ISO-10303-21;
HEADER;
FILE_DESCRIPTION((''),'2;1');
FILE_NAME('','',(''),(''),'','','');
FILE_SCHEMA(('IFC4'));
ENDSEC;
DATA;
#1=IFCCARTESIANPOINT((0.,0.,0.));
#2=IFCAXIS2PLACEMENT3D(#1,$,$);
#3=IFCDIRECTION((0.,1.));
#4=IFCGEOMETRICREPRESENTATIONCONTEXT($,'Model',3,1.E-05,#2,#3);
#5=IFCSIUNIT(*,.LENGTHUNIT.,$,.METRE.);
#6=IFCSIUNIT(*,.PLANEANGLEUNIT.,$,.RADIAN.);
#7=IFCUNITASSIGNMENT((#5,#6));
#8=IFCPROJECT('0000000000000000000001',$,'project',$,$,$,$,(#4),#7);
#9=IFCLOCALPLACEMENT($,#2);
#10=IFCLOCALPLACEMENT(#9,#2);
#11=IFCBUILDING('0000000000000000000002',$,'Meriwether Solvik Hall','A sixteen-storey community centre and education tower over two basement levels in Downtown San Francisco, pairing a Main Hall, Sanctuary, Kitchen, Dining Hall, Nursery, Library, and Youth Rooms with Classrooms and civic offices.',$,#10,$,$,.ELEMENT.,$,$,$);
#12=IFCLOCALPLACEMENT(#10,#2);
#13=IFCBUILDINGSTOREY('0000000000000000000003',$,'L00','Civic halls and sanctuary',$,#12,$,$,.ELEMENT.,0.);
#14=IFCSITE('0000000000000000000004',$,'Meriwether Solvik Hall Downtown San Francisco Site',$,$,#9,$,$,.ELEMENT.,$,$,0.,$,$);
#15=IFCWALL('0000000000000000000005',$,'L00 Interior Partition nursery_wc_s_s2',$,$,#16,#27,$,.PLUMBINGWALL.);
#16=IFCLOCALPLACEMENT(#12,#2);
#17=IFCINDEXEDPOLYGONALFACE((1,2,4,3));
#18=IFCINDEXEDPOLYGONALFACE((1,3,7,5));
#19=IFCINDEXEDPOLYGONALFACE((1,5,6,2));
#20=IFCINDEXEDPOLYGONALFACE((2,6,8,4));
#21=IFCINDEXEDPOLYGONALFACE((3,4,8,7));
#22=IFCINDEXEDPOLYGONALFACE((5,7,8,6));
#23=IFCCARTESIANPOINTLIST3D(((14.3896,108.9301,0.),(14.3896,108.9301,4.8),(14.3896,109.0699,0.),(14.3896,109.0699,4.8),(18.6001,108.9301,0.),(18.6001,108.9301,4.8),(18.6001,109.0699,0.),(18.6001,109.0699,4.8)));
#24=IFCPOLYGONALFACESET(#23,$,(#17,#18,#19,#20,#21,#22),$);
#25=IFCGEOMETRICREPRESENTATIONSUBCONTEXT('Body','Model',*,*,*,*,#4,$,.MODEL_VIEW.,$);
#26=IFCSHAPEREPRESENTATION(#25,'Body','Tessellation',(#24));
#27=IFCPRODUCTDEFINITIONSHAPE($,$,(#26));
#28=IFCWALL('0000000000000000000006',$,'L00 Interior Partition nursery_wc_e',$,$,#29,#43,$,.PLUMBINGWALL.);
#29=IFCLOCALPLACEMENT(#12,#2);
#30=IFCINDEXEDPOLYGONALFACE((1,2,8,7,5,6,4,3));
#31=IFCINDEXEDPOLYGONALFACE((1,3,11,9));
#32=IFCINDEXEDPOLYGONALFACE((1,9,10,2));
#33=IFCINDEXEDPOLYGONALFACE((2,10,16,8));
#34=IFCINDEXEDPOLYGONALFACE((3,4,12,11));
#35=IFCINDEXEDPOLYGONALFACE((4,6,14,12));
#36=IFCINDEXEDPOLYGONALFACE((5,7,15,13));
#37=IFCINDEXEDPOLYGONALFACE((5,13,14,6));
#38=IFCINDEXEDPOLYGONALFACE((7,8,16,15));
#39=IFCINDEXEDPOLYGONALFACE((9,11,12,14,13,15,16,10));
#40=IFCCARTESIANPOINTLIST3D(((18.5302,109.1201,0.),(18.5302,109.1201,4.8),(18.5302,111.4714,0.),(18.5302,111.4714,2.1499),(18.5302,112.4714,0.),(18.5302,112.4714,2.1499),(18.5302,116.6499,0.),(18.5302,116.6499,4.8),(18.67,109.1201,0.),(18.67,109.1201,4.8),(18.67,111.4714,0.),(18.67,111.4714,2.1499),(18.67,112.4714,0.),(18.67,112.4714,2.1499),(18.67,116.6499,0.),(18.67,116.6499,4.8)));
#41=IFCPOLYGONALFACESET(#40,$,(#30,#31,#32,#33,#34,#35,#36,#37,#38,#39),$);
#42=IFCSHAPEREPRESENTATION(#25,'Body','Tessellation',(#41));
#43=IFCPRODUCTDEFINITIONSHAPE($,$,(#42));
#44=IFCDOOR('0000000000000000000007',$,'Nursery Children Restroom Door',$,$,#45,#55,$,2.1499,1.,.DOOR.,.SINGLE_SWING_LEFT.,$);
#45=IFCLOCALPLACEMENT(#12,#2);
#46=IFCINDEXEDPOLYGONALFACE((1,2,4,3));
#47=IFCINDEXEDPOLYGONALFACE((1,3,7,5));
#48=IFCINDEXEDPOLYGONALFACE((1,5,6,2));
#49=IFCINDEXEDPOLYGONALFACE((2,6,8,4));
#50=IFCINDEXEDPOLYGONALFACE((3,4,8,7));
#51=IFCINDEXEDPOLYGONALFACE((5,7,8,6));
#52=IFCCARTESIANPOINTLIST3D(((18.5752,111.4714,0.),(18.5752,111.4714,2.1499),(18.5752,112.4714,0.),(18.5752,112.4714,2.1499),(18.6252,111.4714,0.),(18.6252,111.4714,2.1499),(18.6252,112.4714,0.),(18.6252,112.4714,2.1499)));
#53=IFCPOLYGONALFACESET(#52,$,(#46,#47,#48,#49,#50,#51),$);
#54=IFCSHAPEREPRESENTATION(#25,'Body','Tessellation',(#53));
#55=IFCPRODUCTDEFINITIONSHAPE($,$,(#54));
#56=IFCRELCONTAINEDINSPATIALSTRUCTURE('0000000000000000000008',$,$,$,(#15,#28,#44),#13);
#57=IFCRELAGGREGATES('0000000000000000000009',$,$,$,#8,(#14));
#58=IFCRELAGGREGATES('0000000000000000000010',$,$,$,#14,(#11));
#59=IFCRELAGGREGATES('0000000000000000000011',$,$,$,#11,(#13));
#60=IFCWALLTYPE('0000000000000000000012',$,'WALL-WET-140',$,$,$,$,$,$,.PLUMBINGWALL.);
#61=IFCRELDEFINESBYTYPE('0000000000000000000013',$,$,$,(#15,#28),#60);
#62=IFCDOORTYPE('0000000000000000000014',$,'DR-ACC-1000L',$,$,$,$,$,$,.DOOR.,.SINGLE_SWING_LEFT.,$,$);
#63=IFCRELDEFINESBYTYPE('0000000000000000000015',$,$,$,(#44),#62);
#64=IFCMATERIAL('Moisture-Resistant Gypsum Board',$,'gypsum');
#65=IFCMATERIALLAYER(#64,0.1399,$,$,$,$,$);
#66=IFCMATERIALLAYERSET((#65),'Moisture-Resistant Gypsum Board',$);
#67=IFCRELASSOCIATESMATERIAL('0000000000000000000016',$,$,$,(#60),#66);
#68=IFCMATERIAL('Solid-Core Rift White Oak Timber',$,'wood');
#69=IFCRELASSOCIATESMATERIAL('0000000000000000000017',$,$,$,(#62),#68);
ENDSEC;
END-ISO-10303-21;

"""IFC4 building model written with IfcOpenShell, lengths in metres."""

from ifc_helpers import new_model, si_unit, direction, frame, frame_2d, origin, place, context, subcontext, project, spatial, rectangle, extrude, material, layer, layer_set, type_object, element, fill, save


model = new_model("IFC4")

# Units and contexts
model_context = context("Model", 3, precision=1e-05, world=origin(), true_north=direction((0.0, 1.0)))
body_context = subcontext(model_context, "Body", "Model", "MODEL_VIEW")
ifc_project = project(units=[si_unit("LENGTHUNIT", "METRE"), si_unit("PLANEANGLEUNIT", "RADIAN")], contexts=[model_context])

# Site, building, storey
site_placement = place(None, origin())
site = spatial("IfcSite", under=ifc_project, at=site_placement, Name="Meriwether Solvik Hall Downtown San Francisco Site", CompositionType="ELEMENT", RefElevation=0.0)
building_placement = place(site_placement, origin())
building = spatial("IfcBuilding", under=site, at=building_placement, Name="Meriwether Solvik Hall", Description="A sixteen-storey community centre and education tower over two basement levels in Downtown San Francisco, pairing a Main Hall, Sanctuary, Kitchen, Dining Hall, Nursery, Library, and Youth Rooms with Classrooms and civic offices.", CompositionType="ELEMENT")
storey_placement = place(building_placement, origin())
storey = spatial("IfcBuildingStorey", under=building, at=storey_placement, Name="L00", Description="Civic halls and sanctuary", CompositionType="ELEMENT", Elevation=0.0)

# Wall
ifc_material_1 = material(Name="Moisture-Resistant Gypsum Board", Category="gypsum")
ifc_layer_1 = layer(ifc_material_1, 0.1399)
ifc_layer_set_1 = layer_set([ifc_layer_1], Name="Moisture-Resistant Gypsum Board")
wall_type_1 = type_object("IfcWallType", Name="WALL-WET-140", PredefinedType="PLUMBINGWALL", material=ifc_layer_set_1)
wall_1_placement = place(storey_placement, frame((14.3896, 109.0, 0.0), z_axis=(0.0, 0.0, 1.0), x_axis=(1.0, 0.0, 0.0)))
element("IfcWall", 1, at=wall_1_placement, inside=storey, type_object=wall_type_1, Name="L00 Interior Partition nursery_wc_s_s2", PredefinedType="PLUMBINGWALL", context=body_context, shape_type="SweptSolid", body=[
    extrude(rectangle(XDim=4.2104, YDim=0.1399, at=frame_2d((2.1052, 0.0))), origin(), (0.0, 0.0, 1.0), 4.8),
])

# Wall, opening, door
wall_2_placement = place(storey_placement, frame((18.6001, 109.1201, 0.0), z_axis=(0.0, 0.0, 1.0), x_axis=(0.0, 1.0, 0.0)))
wall_2 = element("IfcWall", 2, at=wall_2_placement, inside=storey, type_object=wall_type_1, Name="L00 Interior Partition nursery_wc_e", PredefinedType="PLUMBINGWALL", context=body_context, shape_type="SweptSolid", body=[
    extrude(rectangle(XDim=7.5298, YDim=0.1399, at=frame_2d((3.7649, 0.0))), origin(), (0.0, 0.0, 1.0), 4.8),
])
opening_1_placement = place(wall_2_placement, frame((2.3513, 0.0, 0.0)))
opening_1 = element("IfcOpeningElement", 3, at=opening_1_placement, cuts=wall_2, PredefinedType="OPENING", context=body_context, shape_type="SweptSolid", body=[
    extrude(rectangle(XDim=1.0, YDim=2.1499, at=frame_2d((0.5, 1.075))), frame((0.0, 0.082, 0.0), z_axis=(0.0, -1.0, 0.0), x_axis=(1.0, 0.0, 0.0)), (0.0, 0.0, 1.0), 0.1638),
])
ifc_material_2 = material(Name="Solid-Core Rift White Oak Timber", Category="wood")
door_type = type_object("IfcDoorType", Name="DR-ACC-1000L", OperationType="SINGLE_SWING_LEFT", PredefinedType="DOOR", material=ifc_material_2)
door_placement = place(opening_1_placement, origin())
door = element("IfcDoor", 4, at=door_placement, inside=storey, type_object=door_type, Name="Nursery Children Restroom Door", OperationType="SINGLE_SWING_LEFT", OverallHeight=2.1499, OverallWidth=1.0, PredefinedType="DOOR", context=body_context, shape_type="SweptSolid", body=[
    extrude(rectangle(XDim=1.0, YDim=2.1499, at=frame_2d((0.5, 1.075))), frame((0.0, 0.0249, 0.0), z_axis=(0.0, -1.0, 0.0), x_axis=(1.0, 0.0, 0.0)), (0.0, 0.0, 1.0), 0.05),
])
fill(opening_1, door)

save(model, "model.ifc")
